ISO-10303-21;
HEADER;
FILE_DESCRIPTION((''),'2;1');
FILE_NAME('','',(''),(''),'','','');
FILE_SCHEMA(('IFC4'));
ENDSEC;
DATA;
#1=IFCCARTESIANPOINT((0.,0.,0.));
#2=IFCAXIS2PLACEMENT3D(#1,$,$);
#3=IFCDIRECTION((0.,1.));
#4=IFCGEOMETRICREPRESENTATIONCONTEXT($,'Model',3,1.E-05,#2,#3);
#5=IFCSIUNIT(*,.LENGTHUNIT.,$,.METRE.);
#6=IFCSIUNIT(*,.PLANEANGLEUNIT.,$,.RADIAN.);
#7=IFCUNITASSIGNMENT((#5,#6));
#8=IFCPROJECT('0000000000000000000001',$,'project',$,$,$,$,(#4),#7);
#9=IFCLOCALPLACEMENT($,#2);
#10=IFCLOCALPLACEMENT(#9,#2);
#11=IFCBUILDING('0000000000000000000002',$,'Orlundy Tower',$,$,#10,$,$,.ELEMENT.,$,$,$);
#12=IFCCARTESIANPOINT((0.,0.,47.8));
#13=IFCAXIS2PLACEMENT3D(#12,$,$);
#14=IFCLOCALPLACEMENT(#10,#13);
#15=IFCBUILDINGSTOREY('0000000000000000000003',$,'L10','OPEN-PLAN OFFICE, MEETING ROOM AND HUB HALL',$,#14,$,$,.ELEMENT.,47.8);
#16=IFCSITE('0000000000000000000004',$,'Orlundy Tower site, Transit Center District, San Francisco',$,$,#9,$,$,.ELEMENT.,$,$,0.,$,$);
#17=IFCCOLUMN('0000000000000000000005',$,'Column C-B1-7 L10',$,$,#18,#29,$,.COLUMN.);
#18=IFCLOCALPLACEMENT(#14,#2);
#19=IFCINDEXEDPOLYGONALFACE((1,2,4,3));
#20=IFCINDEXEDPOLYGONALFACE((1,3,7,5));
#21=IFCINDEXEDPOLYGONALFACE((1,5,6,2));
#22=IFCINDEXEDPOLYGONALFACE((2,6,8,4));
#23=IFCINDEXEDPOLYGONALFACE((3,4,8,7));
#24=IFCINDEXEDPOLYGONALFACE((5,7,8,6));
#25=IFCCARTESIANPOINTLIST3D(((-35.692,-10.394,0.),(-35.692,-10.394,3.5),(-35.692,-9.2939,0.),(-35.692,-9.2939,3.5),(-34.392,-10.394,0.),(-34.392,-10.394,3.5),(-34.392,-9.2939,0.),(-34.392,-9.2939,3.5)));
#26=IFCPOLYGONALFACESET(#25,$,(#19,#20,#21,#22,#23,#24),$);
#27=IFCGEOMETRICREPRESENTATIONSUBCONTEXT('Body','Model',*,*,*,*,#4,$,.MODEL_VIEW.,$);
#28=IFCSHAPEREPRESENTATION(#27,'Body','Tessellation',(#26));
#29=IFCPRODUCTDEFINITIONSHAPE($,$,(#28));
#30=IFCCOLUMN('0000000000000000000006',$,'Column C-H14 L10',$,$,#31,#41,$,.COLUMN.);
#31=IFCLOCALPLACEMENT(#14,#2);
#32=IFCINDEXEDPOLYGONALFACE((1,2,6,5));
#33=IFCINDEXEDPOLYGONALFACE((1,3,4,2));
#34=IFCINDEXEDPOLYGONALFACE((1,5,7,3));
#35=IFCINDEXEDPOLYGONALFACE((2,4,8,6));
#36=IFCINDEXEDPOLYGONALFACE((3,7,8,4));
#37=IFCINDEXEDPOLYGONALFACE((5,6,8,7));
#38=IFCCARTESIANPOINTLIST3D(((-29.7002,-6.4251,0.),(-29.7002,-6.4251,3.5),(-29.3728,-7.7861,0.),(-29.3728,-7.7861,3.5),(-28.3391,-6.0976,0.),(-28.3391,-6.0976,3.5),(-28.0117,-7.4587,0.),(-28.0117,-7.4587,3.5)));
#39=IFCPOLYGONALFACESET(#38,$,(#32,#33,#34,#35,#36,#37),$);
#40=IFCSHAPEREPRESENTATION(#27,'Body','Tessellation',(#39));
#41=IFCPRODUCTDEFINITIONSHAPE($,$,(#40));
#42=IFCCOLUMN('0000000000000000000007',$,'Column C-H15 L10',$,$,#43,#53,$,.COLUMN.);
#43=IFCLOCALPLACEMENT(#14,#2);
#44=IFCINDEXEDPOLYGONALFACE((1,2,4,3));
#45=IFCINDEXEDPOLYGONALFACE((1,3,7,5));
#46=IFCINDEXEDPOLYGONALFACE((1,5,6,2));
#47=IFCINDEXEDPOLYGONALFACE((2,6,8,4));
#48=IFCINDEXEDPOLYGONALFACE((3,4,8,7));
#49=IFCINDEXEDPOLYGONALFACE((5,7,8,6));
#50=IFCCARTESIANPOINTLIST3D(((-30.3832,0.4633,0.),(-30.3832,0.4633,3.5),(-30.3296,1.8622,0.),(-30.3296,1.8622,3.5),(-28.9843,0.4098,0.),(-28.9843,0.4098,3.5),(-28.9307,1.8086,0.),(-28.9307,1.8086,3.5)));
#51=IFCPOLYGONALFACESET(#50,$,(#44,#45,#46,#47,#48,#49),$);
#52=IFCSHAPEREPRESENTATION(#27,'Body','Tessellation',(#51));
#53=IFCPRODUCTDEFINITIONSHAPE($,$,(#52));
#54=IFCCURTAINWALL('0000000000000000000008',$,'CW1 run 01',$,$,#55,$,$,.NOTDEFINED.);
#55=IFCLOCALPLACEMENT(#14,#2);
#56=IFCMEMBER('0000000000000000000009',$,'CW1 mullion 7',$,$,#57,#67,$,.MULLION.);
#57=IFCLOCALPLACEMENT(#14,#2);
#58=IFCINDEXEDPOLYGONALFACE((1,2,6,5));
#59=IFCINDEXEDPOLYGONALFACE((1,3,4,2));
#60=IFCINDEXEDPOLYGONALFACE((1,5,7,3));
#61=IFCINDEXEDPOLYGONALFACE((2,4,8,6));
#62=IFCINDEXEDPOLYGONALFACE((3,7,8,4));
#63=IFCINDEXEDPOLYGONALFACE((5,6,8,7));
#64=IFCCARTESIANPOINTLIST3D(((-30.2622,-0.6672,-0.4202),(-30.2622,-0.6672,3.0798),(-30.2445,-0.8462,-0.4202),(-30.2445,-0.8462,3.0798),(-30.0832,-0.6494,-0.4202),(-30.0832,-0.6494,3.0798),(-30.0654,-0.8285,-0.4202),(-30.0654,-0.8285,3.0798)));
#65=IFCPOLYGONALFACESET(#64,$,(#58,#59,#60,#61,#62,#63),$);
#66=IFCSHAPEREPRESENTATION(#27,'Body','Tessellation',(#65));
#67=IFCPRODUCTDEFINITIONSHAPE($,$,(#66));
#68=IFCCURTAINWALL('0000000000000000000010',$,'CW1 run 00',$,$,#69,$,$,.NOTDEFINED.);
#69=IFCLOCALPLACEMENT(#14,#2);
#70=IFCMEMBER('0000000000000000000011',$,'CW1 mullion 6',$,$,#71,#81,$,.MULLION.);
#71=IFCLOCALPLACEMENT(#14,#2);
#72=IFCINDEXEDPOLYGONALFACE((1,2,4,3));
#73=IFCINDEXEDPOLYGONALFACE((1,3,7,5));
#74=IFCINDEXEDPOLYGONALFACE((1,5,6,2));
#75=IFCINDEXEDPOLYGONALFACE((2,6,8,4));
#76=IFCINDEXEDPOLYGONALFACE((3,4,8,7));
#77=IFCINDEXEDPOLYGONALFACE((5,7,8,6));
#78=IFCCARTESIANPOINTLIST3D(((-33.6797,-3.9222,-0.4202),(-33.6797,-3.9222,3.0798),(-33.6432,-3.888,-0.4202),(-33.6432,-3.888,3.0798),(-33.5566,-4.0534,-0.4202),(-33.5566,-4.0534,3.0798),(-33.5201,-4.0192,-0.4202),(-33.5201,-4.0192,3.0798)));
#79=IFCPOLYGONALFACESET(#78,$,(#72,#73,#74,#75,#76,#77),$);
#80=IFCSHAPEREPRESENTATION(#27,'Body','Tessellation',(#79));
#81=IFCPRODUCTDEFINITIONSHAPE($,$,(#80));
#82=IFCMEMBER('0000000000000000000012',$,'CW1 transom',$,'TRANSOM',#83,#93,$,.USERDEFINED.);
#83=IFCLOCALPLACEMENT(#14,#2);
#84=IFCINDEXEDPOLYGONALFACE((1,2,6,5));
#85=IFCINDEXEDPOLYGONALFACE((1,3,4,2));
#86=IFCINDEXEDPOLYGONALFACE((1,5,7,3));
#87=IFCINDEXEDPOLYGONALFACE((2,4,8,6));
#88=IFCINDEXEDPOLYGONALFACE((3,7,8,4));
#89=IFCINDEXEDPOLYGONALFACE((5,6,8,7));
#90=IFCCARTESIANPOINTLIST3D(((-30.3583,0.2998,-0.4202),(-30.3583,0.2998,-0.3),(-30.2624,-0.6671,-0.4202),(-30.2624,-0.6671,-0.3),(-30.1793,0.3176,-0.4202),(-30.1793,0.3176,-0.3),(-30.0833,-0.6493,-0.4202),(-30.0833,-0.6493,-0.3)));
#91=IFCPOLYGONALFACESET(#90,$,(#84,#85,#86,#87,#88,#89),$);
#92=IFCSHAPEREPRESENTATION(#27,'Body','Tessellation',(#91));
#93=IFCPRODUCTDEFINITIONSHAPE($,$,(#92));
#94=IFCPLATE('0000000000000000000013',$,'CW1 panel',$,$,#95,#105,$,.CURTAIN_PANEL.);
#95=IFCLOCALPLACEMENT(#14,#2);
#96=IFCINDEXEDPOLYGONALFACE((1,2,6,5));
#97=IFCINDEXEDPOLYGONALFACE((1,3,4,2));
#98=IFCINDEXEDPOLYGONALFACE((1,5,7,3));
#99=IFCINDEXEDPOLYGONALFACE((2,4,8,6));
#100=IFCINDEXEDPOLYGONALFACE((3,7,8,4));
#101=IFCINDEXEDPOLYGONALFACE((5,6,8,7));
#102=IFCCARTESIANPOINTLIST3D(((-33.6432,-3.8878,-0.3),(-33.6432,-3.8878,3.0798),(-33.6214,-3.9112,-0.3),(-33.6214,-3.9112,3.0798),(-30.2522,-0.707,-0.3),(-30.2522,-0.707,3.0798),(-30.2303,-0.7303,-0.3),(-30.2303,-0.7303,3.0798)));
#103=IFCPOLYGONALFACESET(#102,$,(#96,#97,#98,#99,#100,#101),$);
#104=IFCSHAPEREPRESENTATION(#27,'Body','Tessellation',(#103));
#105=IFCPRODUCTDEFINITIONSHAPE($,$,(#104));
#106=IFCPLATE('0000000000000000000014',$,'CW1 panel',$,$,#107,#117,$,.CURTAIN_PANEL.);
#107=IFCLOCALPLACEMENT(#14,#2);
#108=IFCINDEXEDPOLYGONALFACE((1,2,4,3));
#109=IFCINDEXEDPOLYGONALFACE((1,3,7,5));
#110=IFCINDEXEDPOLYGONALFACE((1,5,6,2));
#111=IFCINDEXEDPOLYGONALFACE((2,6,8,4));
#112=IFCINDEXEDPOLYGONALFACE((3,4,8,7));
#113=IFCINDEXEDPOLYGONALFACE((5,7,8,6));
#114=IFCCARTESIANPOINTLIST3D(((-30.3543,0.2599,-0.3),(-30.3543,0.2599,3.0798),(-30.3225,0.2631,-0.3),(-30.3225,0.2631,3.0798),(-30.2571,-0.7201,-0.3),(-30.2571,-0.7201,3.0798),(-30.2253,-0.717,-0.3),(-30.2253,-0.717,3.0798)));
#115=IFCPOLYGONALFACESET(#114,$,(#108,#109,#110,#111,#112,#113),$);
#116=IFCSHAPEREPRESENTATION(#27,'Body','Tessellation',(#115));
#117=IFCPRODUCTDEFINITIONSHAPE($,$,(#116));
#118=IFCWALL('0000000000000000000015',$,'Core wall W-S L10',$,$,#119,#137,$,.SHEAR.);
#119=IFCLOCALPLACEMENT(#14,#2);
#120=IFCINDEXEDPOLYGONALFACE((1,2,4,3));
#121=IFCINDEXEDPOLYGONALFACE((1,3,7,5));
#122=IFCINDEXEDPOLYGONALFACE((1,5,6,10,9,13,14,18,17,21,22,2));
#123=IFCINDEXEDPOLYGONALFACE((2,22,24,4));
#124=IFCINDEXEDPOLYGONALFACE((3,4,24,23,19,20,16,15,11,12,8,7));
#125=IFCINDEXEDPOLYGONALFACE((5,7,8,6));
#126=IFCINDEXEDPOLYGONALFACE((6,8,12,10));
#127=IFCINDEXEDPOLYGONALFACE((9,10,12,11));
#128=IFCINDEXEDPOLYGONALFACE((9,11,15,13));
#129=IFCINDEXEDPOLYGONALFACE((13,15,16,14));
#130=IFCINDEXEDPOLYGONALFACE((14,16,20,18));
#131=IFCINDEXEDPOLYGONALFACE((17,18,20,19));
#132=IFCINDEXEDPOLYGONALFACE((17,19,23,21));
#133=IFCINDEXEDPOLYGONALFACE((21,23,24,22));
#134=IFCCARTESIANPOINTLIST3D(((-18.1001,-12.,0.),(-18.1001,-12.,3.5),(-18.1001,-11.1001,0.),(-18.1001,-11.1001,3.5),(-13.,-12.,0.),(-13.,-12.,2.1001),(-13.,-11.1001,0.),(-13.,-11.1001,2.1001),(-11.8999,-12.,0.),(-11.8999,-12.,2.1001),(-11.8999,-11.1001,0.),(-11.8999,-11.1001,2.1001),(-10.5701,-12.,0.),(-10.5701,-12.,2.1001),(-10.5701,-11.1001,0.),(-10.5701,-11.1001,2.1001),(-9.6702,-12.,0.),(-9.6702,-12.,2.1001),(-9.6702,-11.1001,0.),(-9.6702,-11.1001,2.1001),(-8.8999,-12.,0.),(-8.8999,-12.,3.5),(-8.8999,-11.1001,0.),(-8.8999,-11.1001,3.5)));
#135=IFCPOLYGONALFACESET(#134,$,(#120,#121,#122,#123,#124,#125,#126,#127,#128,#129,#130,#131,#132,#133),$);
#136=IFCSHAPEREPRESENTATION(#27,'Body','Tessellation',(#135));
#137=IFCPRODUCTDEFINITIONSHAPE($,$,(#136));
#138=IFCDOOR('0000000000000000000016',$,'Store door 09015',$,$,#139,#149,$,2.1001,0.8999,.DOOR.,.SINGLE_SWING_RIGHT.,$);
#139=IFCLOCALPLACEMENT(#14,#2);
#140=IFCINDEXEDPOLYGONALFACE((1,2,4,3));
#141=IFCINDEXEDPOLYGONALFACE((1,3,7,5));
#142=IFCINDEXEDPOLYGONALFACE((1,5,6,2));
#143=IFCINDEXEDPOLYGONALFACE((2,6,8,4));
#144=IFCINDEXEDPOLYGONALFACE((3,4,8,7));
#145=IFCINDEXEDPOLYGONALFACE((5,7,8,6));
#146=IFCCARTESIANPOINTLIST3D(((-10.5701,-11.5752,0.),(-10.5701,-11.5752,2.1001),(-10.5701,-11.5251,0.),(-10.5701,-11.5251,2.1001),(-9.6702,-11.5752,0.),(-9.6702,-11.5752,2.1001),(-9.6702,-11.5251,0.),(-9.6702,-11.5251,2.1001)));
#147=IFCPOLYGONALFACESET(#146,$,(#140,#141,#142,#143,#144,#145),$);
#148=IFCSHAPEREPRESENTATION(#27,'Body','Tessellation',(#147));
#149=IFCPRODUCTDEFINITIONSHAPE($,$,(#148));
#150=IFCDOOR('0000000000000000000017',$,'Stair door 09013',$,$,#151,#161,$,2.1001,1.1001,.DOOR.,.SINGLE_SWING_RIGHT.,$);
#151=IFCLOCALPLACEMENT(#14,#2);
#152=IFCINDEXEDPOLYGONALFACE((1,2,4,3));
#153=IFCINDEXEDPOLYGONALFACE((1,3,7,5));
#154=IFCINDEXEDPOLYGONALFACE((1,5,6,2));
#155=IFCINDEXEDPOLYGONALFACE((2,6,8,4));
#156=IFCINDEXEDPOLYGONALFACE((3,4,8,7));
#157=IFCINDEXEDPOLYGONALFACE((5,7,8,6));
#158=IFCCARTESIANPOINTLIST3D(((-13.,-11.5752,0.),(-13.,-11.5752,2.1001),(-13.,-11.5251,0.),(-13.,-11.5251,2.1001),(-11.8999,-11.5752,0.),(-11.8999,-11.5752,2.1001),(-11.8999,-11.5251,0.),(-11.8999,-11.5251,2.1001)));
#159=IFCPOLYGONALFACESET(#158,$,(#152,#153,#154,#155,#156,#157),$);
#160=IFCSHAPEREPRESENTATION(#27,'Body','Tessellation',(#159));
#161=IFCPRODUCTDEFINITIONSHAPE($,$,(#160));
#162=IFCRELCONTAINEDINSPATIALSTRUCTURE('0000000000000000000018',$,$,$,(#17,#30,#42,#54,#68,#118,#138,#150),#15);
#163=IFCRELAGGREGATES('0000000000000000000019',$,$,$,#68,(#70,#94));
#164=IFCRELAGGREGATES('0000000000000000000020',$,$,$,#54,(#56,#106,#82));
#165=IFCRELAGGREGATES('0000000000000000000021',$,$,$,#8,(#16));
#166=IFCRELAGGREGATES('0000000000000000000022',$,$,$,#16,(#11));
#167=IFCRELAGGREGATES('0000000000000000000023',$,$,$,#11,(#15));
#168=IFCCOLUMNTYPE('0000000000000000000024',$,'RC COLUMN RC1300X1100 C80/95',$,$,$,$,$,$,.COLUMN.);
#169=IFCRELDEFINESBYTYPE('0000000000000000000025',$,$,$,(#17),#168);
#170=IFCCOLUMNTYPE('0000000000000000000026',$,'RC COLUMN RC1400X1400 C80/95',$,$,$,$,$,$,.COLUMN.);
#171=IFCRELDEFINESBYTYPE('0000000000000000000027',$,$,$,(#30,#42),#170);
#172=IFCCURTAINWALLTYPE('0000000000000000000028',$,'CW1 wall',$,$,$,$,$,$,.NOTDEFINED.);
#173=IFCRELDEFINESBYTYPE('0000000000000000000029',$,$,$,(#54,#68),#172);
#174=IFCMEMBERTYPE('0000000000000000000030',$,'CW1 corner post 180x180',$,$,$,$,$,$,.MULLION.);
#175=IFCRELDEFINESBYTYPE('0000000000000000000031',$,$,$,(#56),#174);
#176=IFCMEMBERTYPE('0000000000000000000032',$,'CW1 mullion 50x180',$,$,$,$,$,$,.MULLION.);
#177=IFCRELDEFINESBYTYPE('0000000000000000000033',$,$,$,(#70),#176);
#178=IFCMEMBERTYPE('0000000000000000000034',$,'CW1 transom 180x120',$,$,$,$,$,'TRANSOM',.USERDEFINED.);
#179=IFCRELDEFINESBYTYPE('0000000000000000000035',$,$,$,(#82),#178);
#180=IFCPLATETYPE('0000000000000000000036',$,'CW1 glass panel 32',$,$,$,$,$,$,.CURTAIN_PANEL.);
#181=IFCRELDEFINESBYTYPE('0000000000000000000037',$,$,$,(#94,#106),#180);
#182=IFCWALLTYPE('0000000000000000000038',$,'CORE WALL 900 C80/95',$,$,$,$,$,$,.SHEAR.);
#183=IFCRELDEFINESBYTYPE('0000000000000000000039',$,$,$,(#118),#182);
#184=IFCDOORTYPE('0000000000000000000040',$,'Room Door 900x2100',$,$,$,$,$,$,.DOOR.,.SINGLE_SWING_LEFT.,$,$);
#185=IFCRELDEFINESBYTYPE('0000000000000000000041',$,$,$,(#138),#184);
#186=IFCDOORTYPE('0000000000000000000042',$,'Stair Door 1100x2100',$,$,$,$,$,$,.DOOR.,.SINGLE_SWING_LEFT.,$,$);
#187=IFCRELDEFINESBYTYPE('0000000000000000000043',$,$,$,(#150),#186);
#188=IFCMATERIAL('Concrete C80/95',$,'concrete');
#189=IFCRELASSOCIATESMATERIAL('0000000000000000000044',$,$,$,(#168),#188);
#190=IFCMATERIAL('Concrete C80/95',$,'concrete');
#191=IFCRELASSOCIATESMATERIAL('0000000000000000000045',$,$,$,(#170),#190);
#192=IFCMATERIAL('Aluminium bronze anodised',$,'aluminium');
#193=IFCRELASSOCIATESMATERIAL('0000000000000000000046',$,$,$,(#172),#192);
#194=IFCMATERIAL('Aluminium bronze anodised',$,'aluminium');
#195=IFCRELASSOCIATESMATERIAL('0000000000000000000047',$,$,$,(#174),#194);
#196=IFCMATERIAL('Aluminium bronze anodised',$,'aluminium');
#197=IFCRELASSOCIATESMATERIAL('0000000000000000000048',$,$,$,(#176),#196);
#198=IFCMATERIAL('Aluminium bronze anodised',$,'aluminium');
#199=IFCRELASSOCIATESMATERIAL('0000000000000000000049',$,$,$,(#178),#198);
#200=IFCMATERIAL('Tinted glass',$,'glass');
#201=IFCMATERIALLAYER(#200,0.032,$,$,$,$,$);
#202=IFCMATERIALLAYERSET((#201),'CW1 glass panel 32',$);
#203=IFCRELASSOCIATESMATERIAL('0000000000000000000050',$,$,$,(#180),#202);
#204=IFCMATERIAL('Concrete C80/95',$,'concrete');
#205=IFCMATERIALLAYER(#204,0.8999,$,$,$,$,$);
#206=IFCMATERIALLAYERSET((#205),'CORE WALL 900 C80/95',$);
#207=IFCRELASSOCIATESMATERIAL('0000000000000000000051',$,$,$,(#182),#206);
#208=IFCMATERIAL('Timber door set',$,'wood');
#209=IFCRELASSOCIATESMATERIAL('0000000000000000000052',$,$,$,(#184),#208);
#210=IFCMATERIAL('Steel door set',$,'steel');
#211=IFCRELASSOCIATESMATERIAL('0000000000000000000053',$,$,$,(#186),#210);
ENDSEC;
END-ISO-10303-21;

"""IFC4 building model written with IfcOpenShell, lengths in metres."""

from ifc_helpers import new_model, si_unit, direction, frame, frame_2d, origin, origin_2d, place, context, subcontext, project, spatial, rectangle, extrude, material, layer, layer_set, material_profile, profile_set, type_object, element, fill, aggregate, save


model = new_model("IFC4")

# Units and contexts
model_context = context("Model", 3, precision=1e-05, world=origin(), true_north=direction((0.0, 1.0)))
body_context = subcontext(model_context, "Body", "Model", "MODEL_VIEW")
ifc_project = project(units=[si_unit("LENGTHUNIT", "METRE"), si_unit("PLANEANGLEUNIT", "RADIAN")], contexts=[model_context])

# Site, building, storey
site_placement = place(None, origin())
site = spatial("IfcSite", under=ifc_project, at=site_placement, Name="Orlundy Tower site, Transit Center District, San Francisco", CompositionType="ELEMENT", RefElevation=0.0)
building_placement = place(site_placement, origin())
building = spatial("IfcBuilding", under=site, at=building_placement, Name="Orlundy Tower", CompositionType="ELEMENT")
storey_placement = place(building_placement, frame((0.0, 0.0, 47.8)))
storey = spatial("IfcBuildingStorey", under=building, at=storey_placement, Name="L10", Description="OPEN-PLAN OFFICE, MEETING ROOM AND HUB HALL", CompositionType="ELEMENT", Elevation=47.8)

# Columns
ifc_material_1 = material(Name="Concrete C80/95", Category="concrete")
ifc_material_profile_1 = material_profile(ifc_material_1, rectangle(XDim=1.3, YDim=1.1001, at=origin_2d()), Name="RC1300X1100")
ifc_profile_set_1 = profile_set([ifc_material_profile_1], Name="Concrete C80/95")
column_type_1 = type_object("IfcColumnType", Name="RC COLUMN RC1300X1100 C80/95", PredefinedType="COLUMN", material=ifc_profile_set_1)
column_placement = place(storey_placement, frame((-35.042, -9.844, 0.0), z_axis=(0.0, 0.0, 1.0), x_axis=(1.0, 0.0, 0.0)))
element("IfcColumn", 1, at=column_placement, inside=storey, type_object=column_type_1, Name="Column C-B1-7 L10", PredefinedType="COLUMN", context=body_context, shape_type="SweptSolid", body=[
    extrude(rectangle(XDim=1.3, YDim=1.1001, at=origin_2d()), origin(), (0.0, 0.0, 1.0), 3.5),
])
ifc_material_2 = material(Name="Concrete C80/95", Category="concrete")
ifc_material_profile_2 = material_profile(ifc_material_2, rectangle(XDim=1.3999, YDim=1.3999, at=origin_2d()), Name="RC1400X1400")
ifc_profile_set_2 = profile_set([ifc_material_profile_2], Name="Concrete C80/95")
column_type_2 = type_object("IfcColumnType", Name="RC COLUMN RC1400X1400 C80/95", PredefinedType="COLUMN", material=ifc_profile_set_2)
for number, where, z_axis, x_axis, name in (
    (2, (-28.856, -6.9419, 0.0), (0.0, 0.0, 1.0), (-0.97226, -0.233904, 0.0), "Column C-H14 L10"),
    (3, (-29.657, 1.136, 0.0), (0.0, 0.0, 1.0), (-0.999267, 0.038283, 0.0), "Column C-H15 L10"),
):
    element("IfcColumn", number, at=place(storey_placement, frame(where, z_axis=z_axis, x_axis=x_axis)), inside=storey, type_object=column_type_2, Name=name, PredefinedType="COLUMN", context=body_context, shape_type="SweptSolid", body=[
        extrude(rectangle(XDim=1.3999, YDim=1.3999, at=origin_2d()), origin(), (0.0, 0.0, 1.0), 3.5),
    ])

# Curtain walls, members
ifc_material_3 = material(Name="Aluminium bronze anodised", Category="aluminium")
curtain_wall_type = type_object("IfcCurtainWallType", Name="CW1 wall", PredefinedType="NOTDEFINED", material=ifc_material_3)
curtain_wall_1_placement = place(storey_placement, origin())
curtain_wall_1 = element("IfcCurtainWall", 4, at=curtain_wall_1_placement, inside=storey, type_object=curtain_wall_type, Name="CW1 run 01", PredefinedType="NOTDEFINED")
ifc_material_4 = material(Name="Aluminium bronze anodised", Category="aluminium")
ifc_material_profile_3 = material_profile(ifc_material_4, rectangle(XDim=0.1799, YDim=0.1799, at=origin_2d()), Name="CW1 corner post 180x180")
ifc_profile_set_3 = profile_set([ifc_material_profile_3], Name="Aluminium bronze anodised")
member_type_1 = type_object("IfcMemberType", Name="CW1 corner post 180x180", PredefinedType="MULLION", material=ifc_profile_set_3)
member_1_placement = place(storey_placement, frame((-30.1638, -0.7478, -0.4202), z_axis=(0.0, 0.0, 1.0), x_axis=(-0.99512, -0.098672, 0.0)))
member_1 = element("IfcMember", 5, at=member_1_placement, type_object=member_type_1, Name="CW1 mullion 7", PredefinedType="MULLION", context=body_context, shape_type="SweptSolid", body=[
    extrude(rectangle(XDim=0.1799, YDim=0.1799, at=origin_2d()), origin(), (0.0, 0.0, 1.0), 3.5),
])
curtain_wall_2_placement = place(storey_placement, origin())
curtain_wall_2 = element("IfcCurtainWall", 6, at=curtain_wall_2_placement, inside=storey, type_object=curtain_wall_type, Name="CW1 run 00", PredefinedType="NOTDEFINED")
ifc_material_5 = material(Name="Aluminium bronze anodised", Category="aluminium")
ifc_material_profile_4 = material_profile(ifc_material_5, rectangle(XDim=0.1799, YDim=0.05, at=origin_2d()), Name="CW1 mullion 50x180")
ifc_profile_set_4 = profile_set([ifc_material_profile_4], Name="Aluminium bronze anodised")
member_type_2 = type_object("IfcMemberType", Name="CW1 mullion 50x180", PredefinedType="MULLION", material=ifc_profile_set_4)
member_2_placement = place(storey_placement, frame((-33.5999, -3.9707, -0.4202), z_axis=(0.0, 0.0, 1.0), x_axis=(-0.684139, 0.729351, 0.0)))
member_2 = element("IfcMember", 7, at=member_2_placement, type_object=member_type_2, Name="CW1 mullion 6", PredefinedType="MULLION", context=body_context, shape_type="SweptSolid", body=[
    extrude(rectangle(XDim=0.1799, YDim=0.05, at=origin_2d()), origin(), (0.0, 0.0, 1.0), 3.5),
])

# Member
ifc_material_6 = material(Name="Aluminium bronze anodised", Category="aluminium")
ifc_material_profile_5 = material_profile(ifc_material_6, rectangle(XDim=0.1799, YDim=0.1201, at=origin_2d()), Name="CW1 transom 180x120")
ifc_profile_set_5 = profile_set([ifc_material_profile_5], Name="Aluminium bronze anodised")
member_type_3 = type_object("IfcMemberType", Name="CW1 transom 180x120", ElementType="TRANSOM", PredefinedType="USERDEFINED", material=ifc_profile_set_5)
member_3_placement = place(storey_placement, frame((-30.1729, -0.6582, -0.3601), z_axis=(-0.098733, 0.995114, 0.0), x_axis=(-0.995114, -0.098733, 0.0)))
member_3 = element("IfcMember", 8, at=member_3_placement, type_object=member_type_3, Name="CW1 transom", ObjectType="TRANSOM", PredefinedType="USERDEFINED", context=body_context, shape_type="SweptSolid", body=[
    extrude(rectangle(XDim=0.1799, YDim=0.1201, at=origin_2d()), origin(), (0.0, 0.0, 1.0), 0.9717),
])

# Plates
ifc_material_7 = material(Name="Tinted glass", Category="glass")
ifc_layer_1 = layer(ifc_material_7, 0.032)
ifc_layer_set_1 = layer_set([ifc_layer_1], Name="CW1 glass panel 32")
plate_type = type_object("IfcPlateType", Name="CW1 glass panel 32", PredefinedType="CURTAIN_PANEL", material=ifc_layer_set_1)
plate_1_placement = place(storey_placement, frame((-31.9368, -2.3091, -0.3), z_axis=(0.0, 0.0, 1.0), x_axis=(0.729351, 0.684139, 0.0)))
plate_1 = element("IfcPlate", 9, at=plate_1_placement, type_object=plate_type, Name="CW1 panel", PredefinedType="CURTAIN_PANEL", context=body_context, shape_type="SweptSolid", body=[
    extrude(rectangle(XDim=4.6494, YDim=0.032, at=origin_2d()), origin(), (0.0, 0.0, 1.0), 3.3799),
])
aggregate(curtain_wall_2, [member_2, plate_1])
plate_2_placement = place(storey_placement, frame((-30.2898, -0.2285, -0.3), z_axis=(0.0, 0.0, 1.0), x_axis=(-0.098672, 0.99512, 0.0)))
plate_2 = element("IfcPlate", 10, at=plate_2_placement, type_object=plate_type, Name="CW1 panel", PredefinedType="CURTAIN_PANEL", context=body_context, shape_type="SweptSolid", body=[
    extrude(rectangle(XDim=0.9849, YDim=0.032, at=origin_2d()), origin(), (0.0, 0.0, 1.0), 3.3799),
])
aggregate(curtain_wall_1, [member_1, plate_2, member_3])

# Wall, openings, doors
ifc_material_8 = material(Name="Concrete C80/95", Category="concrete")
ifc_layer_2 = layer(ifc_material_8, 0.8999)
ifc_layer_set_2 = layer_set([ifc_layer_2], Name="CORE WALL 900 C80/95")
wall_type_1 = type_object("IfcWallType", Name="CORE WALL 900 C80/95", PredefinedType="SHEAR", material=ifc_layer_set_2)
wall_1_placement = place(storey_placement, frame((-18.1001, -11.55, 0.0), z_axis=(0.0, 0.0, 1.0), x_axis=(1.0, 0.0, 0.0)))
wall_1 = element("IfcWall", 11, at=wall_1_placement, inside=storey, type_object=wall_type_1, Name="Core wall W-S L10", PredefinedType="SHEAR", context=body_context, shape_type="SweptSolid", body=[
    extrude(rectangle(XDim=9.2002, YDim=0.8999, at=frame_2d((4.6001, 0.0))), origin(), (0.0, 0.0, 1.0), 3.5),
])
opening_1_placement = place(wall_1_placement, frame((5.1001, 0.0, 0.0)))
opening_1 = element("IfcOpeningElement", 12, at=opening_1_placement, cuts=wall_1, PredefinedType="OPENING", context=body_context, shape_type="SweptSolid", body=[
    extrude(rectangle(XDim=1.1001, YDim=2.1001, at=frame_2d((0.55, 1.05))), frame((0.0, 0.46, 0.0), z_axis=(0.0, -1.0, 0.0), x_axis=(1.0, 0.0, 0.0)), (0.0, 0.0, 1.0), 0.9199),
])
opening_2_placement = place(wall_1_placement, frame((7.53, 0.0, 0.0)))
opening_2 = element("IfcOpeningElement", 13, at=opening_2_placement, cuts=wall_1, PredefinedType="OPENING", context=body_context, shape_type="SweptSolid", body=[
    extrude(rectangle(XDim=0.8999, YDim=2.1001, at=frame_2d((0.45, 1.05))), frame((0.0, 0.46, 0.0), z_axis=(0.0, -1.0, 0.0), x_axis=(1.0, 0.0, 0.0)), (0.0, 0.0, 1.0), 0.9199),
])
ifc_material_9 = material(Name="Timber door set", Category="wood")
door_type_1 = type_object("IfcDoorType", Name="Room Door 900x2100", OperationType="SINGLE_SWING_LEFT", PredefinedType="DOOR", material=ifc_material_9)
door_1_placement = place(opening_2_placement, origin())
door_1 = element("IfcDoor", 14, at=door_1_placement, inside=storey, type_object=door_type_1, Name="Store door 09015", OperationType="SINGLE_SWING_RIGHT", OverallHeight=2.1001, OverallWidth=0.8999, PredefinedType="DOOR", context=body_context, shape_type="SweptSolid", body=[
    extrude(rectangle(XDim=0.8999, YDim=2.1001, at=frame_2d((0.45, 1.05))), frame((0.0, 0.0249, 0.0), z_axis=(0.0, -1.0, 0.0), x_axis=(1.0, 0.0, 0.0)), (0.0, 0.0, 1.0), 0.05),
])
fill(opening_2, door_1)
ifc_material_10 = material(Name="Steel door set", Category="steel")
door_type_2 = type_object("IfcDoorType", Name="Stair Door 1100x2100", OperationType="SINGLE_SWING_LEFT", PredefinedType="DOOR", material=ifc_material_10)
door_2_placement = place(opening_1_placement, origin())
door_2 = element("IfcDoor", 15, at=door_2_placement, inside=storey, type_object=door_type_2, Name="Stair door 09013", OperationType="SINGLE_SWING_RIGHT", OverallHeight=2.1001, OverallWidth=1.1001, PredefinedType="DOOR", context=body_context, shape_type="SweptSolid", body=[
    extrude(rectangle(XDim=1.1001, YDim=2.1001, at=frame_2d((0.55, 1.05))), frame((0.0, 0.0249, 0.0), z_axis=(0.0, -1.0, 0.0), x_axis=(1.0, 0.0, 0.0)), (0.0, 0.0, 1.0), 0.05),
])
fill(opening_1, door_2)

save(model, "model.ifc")
